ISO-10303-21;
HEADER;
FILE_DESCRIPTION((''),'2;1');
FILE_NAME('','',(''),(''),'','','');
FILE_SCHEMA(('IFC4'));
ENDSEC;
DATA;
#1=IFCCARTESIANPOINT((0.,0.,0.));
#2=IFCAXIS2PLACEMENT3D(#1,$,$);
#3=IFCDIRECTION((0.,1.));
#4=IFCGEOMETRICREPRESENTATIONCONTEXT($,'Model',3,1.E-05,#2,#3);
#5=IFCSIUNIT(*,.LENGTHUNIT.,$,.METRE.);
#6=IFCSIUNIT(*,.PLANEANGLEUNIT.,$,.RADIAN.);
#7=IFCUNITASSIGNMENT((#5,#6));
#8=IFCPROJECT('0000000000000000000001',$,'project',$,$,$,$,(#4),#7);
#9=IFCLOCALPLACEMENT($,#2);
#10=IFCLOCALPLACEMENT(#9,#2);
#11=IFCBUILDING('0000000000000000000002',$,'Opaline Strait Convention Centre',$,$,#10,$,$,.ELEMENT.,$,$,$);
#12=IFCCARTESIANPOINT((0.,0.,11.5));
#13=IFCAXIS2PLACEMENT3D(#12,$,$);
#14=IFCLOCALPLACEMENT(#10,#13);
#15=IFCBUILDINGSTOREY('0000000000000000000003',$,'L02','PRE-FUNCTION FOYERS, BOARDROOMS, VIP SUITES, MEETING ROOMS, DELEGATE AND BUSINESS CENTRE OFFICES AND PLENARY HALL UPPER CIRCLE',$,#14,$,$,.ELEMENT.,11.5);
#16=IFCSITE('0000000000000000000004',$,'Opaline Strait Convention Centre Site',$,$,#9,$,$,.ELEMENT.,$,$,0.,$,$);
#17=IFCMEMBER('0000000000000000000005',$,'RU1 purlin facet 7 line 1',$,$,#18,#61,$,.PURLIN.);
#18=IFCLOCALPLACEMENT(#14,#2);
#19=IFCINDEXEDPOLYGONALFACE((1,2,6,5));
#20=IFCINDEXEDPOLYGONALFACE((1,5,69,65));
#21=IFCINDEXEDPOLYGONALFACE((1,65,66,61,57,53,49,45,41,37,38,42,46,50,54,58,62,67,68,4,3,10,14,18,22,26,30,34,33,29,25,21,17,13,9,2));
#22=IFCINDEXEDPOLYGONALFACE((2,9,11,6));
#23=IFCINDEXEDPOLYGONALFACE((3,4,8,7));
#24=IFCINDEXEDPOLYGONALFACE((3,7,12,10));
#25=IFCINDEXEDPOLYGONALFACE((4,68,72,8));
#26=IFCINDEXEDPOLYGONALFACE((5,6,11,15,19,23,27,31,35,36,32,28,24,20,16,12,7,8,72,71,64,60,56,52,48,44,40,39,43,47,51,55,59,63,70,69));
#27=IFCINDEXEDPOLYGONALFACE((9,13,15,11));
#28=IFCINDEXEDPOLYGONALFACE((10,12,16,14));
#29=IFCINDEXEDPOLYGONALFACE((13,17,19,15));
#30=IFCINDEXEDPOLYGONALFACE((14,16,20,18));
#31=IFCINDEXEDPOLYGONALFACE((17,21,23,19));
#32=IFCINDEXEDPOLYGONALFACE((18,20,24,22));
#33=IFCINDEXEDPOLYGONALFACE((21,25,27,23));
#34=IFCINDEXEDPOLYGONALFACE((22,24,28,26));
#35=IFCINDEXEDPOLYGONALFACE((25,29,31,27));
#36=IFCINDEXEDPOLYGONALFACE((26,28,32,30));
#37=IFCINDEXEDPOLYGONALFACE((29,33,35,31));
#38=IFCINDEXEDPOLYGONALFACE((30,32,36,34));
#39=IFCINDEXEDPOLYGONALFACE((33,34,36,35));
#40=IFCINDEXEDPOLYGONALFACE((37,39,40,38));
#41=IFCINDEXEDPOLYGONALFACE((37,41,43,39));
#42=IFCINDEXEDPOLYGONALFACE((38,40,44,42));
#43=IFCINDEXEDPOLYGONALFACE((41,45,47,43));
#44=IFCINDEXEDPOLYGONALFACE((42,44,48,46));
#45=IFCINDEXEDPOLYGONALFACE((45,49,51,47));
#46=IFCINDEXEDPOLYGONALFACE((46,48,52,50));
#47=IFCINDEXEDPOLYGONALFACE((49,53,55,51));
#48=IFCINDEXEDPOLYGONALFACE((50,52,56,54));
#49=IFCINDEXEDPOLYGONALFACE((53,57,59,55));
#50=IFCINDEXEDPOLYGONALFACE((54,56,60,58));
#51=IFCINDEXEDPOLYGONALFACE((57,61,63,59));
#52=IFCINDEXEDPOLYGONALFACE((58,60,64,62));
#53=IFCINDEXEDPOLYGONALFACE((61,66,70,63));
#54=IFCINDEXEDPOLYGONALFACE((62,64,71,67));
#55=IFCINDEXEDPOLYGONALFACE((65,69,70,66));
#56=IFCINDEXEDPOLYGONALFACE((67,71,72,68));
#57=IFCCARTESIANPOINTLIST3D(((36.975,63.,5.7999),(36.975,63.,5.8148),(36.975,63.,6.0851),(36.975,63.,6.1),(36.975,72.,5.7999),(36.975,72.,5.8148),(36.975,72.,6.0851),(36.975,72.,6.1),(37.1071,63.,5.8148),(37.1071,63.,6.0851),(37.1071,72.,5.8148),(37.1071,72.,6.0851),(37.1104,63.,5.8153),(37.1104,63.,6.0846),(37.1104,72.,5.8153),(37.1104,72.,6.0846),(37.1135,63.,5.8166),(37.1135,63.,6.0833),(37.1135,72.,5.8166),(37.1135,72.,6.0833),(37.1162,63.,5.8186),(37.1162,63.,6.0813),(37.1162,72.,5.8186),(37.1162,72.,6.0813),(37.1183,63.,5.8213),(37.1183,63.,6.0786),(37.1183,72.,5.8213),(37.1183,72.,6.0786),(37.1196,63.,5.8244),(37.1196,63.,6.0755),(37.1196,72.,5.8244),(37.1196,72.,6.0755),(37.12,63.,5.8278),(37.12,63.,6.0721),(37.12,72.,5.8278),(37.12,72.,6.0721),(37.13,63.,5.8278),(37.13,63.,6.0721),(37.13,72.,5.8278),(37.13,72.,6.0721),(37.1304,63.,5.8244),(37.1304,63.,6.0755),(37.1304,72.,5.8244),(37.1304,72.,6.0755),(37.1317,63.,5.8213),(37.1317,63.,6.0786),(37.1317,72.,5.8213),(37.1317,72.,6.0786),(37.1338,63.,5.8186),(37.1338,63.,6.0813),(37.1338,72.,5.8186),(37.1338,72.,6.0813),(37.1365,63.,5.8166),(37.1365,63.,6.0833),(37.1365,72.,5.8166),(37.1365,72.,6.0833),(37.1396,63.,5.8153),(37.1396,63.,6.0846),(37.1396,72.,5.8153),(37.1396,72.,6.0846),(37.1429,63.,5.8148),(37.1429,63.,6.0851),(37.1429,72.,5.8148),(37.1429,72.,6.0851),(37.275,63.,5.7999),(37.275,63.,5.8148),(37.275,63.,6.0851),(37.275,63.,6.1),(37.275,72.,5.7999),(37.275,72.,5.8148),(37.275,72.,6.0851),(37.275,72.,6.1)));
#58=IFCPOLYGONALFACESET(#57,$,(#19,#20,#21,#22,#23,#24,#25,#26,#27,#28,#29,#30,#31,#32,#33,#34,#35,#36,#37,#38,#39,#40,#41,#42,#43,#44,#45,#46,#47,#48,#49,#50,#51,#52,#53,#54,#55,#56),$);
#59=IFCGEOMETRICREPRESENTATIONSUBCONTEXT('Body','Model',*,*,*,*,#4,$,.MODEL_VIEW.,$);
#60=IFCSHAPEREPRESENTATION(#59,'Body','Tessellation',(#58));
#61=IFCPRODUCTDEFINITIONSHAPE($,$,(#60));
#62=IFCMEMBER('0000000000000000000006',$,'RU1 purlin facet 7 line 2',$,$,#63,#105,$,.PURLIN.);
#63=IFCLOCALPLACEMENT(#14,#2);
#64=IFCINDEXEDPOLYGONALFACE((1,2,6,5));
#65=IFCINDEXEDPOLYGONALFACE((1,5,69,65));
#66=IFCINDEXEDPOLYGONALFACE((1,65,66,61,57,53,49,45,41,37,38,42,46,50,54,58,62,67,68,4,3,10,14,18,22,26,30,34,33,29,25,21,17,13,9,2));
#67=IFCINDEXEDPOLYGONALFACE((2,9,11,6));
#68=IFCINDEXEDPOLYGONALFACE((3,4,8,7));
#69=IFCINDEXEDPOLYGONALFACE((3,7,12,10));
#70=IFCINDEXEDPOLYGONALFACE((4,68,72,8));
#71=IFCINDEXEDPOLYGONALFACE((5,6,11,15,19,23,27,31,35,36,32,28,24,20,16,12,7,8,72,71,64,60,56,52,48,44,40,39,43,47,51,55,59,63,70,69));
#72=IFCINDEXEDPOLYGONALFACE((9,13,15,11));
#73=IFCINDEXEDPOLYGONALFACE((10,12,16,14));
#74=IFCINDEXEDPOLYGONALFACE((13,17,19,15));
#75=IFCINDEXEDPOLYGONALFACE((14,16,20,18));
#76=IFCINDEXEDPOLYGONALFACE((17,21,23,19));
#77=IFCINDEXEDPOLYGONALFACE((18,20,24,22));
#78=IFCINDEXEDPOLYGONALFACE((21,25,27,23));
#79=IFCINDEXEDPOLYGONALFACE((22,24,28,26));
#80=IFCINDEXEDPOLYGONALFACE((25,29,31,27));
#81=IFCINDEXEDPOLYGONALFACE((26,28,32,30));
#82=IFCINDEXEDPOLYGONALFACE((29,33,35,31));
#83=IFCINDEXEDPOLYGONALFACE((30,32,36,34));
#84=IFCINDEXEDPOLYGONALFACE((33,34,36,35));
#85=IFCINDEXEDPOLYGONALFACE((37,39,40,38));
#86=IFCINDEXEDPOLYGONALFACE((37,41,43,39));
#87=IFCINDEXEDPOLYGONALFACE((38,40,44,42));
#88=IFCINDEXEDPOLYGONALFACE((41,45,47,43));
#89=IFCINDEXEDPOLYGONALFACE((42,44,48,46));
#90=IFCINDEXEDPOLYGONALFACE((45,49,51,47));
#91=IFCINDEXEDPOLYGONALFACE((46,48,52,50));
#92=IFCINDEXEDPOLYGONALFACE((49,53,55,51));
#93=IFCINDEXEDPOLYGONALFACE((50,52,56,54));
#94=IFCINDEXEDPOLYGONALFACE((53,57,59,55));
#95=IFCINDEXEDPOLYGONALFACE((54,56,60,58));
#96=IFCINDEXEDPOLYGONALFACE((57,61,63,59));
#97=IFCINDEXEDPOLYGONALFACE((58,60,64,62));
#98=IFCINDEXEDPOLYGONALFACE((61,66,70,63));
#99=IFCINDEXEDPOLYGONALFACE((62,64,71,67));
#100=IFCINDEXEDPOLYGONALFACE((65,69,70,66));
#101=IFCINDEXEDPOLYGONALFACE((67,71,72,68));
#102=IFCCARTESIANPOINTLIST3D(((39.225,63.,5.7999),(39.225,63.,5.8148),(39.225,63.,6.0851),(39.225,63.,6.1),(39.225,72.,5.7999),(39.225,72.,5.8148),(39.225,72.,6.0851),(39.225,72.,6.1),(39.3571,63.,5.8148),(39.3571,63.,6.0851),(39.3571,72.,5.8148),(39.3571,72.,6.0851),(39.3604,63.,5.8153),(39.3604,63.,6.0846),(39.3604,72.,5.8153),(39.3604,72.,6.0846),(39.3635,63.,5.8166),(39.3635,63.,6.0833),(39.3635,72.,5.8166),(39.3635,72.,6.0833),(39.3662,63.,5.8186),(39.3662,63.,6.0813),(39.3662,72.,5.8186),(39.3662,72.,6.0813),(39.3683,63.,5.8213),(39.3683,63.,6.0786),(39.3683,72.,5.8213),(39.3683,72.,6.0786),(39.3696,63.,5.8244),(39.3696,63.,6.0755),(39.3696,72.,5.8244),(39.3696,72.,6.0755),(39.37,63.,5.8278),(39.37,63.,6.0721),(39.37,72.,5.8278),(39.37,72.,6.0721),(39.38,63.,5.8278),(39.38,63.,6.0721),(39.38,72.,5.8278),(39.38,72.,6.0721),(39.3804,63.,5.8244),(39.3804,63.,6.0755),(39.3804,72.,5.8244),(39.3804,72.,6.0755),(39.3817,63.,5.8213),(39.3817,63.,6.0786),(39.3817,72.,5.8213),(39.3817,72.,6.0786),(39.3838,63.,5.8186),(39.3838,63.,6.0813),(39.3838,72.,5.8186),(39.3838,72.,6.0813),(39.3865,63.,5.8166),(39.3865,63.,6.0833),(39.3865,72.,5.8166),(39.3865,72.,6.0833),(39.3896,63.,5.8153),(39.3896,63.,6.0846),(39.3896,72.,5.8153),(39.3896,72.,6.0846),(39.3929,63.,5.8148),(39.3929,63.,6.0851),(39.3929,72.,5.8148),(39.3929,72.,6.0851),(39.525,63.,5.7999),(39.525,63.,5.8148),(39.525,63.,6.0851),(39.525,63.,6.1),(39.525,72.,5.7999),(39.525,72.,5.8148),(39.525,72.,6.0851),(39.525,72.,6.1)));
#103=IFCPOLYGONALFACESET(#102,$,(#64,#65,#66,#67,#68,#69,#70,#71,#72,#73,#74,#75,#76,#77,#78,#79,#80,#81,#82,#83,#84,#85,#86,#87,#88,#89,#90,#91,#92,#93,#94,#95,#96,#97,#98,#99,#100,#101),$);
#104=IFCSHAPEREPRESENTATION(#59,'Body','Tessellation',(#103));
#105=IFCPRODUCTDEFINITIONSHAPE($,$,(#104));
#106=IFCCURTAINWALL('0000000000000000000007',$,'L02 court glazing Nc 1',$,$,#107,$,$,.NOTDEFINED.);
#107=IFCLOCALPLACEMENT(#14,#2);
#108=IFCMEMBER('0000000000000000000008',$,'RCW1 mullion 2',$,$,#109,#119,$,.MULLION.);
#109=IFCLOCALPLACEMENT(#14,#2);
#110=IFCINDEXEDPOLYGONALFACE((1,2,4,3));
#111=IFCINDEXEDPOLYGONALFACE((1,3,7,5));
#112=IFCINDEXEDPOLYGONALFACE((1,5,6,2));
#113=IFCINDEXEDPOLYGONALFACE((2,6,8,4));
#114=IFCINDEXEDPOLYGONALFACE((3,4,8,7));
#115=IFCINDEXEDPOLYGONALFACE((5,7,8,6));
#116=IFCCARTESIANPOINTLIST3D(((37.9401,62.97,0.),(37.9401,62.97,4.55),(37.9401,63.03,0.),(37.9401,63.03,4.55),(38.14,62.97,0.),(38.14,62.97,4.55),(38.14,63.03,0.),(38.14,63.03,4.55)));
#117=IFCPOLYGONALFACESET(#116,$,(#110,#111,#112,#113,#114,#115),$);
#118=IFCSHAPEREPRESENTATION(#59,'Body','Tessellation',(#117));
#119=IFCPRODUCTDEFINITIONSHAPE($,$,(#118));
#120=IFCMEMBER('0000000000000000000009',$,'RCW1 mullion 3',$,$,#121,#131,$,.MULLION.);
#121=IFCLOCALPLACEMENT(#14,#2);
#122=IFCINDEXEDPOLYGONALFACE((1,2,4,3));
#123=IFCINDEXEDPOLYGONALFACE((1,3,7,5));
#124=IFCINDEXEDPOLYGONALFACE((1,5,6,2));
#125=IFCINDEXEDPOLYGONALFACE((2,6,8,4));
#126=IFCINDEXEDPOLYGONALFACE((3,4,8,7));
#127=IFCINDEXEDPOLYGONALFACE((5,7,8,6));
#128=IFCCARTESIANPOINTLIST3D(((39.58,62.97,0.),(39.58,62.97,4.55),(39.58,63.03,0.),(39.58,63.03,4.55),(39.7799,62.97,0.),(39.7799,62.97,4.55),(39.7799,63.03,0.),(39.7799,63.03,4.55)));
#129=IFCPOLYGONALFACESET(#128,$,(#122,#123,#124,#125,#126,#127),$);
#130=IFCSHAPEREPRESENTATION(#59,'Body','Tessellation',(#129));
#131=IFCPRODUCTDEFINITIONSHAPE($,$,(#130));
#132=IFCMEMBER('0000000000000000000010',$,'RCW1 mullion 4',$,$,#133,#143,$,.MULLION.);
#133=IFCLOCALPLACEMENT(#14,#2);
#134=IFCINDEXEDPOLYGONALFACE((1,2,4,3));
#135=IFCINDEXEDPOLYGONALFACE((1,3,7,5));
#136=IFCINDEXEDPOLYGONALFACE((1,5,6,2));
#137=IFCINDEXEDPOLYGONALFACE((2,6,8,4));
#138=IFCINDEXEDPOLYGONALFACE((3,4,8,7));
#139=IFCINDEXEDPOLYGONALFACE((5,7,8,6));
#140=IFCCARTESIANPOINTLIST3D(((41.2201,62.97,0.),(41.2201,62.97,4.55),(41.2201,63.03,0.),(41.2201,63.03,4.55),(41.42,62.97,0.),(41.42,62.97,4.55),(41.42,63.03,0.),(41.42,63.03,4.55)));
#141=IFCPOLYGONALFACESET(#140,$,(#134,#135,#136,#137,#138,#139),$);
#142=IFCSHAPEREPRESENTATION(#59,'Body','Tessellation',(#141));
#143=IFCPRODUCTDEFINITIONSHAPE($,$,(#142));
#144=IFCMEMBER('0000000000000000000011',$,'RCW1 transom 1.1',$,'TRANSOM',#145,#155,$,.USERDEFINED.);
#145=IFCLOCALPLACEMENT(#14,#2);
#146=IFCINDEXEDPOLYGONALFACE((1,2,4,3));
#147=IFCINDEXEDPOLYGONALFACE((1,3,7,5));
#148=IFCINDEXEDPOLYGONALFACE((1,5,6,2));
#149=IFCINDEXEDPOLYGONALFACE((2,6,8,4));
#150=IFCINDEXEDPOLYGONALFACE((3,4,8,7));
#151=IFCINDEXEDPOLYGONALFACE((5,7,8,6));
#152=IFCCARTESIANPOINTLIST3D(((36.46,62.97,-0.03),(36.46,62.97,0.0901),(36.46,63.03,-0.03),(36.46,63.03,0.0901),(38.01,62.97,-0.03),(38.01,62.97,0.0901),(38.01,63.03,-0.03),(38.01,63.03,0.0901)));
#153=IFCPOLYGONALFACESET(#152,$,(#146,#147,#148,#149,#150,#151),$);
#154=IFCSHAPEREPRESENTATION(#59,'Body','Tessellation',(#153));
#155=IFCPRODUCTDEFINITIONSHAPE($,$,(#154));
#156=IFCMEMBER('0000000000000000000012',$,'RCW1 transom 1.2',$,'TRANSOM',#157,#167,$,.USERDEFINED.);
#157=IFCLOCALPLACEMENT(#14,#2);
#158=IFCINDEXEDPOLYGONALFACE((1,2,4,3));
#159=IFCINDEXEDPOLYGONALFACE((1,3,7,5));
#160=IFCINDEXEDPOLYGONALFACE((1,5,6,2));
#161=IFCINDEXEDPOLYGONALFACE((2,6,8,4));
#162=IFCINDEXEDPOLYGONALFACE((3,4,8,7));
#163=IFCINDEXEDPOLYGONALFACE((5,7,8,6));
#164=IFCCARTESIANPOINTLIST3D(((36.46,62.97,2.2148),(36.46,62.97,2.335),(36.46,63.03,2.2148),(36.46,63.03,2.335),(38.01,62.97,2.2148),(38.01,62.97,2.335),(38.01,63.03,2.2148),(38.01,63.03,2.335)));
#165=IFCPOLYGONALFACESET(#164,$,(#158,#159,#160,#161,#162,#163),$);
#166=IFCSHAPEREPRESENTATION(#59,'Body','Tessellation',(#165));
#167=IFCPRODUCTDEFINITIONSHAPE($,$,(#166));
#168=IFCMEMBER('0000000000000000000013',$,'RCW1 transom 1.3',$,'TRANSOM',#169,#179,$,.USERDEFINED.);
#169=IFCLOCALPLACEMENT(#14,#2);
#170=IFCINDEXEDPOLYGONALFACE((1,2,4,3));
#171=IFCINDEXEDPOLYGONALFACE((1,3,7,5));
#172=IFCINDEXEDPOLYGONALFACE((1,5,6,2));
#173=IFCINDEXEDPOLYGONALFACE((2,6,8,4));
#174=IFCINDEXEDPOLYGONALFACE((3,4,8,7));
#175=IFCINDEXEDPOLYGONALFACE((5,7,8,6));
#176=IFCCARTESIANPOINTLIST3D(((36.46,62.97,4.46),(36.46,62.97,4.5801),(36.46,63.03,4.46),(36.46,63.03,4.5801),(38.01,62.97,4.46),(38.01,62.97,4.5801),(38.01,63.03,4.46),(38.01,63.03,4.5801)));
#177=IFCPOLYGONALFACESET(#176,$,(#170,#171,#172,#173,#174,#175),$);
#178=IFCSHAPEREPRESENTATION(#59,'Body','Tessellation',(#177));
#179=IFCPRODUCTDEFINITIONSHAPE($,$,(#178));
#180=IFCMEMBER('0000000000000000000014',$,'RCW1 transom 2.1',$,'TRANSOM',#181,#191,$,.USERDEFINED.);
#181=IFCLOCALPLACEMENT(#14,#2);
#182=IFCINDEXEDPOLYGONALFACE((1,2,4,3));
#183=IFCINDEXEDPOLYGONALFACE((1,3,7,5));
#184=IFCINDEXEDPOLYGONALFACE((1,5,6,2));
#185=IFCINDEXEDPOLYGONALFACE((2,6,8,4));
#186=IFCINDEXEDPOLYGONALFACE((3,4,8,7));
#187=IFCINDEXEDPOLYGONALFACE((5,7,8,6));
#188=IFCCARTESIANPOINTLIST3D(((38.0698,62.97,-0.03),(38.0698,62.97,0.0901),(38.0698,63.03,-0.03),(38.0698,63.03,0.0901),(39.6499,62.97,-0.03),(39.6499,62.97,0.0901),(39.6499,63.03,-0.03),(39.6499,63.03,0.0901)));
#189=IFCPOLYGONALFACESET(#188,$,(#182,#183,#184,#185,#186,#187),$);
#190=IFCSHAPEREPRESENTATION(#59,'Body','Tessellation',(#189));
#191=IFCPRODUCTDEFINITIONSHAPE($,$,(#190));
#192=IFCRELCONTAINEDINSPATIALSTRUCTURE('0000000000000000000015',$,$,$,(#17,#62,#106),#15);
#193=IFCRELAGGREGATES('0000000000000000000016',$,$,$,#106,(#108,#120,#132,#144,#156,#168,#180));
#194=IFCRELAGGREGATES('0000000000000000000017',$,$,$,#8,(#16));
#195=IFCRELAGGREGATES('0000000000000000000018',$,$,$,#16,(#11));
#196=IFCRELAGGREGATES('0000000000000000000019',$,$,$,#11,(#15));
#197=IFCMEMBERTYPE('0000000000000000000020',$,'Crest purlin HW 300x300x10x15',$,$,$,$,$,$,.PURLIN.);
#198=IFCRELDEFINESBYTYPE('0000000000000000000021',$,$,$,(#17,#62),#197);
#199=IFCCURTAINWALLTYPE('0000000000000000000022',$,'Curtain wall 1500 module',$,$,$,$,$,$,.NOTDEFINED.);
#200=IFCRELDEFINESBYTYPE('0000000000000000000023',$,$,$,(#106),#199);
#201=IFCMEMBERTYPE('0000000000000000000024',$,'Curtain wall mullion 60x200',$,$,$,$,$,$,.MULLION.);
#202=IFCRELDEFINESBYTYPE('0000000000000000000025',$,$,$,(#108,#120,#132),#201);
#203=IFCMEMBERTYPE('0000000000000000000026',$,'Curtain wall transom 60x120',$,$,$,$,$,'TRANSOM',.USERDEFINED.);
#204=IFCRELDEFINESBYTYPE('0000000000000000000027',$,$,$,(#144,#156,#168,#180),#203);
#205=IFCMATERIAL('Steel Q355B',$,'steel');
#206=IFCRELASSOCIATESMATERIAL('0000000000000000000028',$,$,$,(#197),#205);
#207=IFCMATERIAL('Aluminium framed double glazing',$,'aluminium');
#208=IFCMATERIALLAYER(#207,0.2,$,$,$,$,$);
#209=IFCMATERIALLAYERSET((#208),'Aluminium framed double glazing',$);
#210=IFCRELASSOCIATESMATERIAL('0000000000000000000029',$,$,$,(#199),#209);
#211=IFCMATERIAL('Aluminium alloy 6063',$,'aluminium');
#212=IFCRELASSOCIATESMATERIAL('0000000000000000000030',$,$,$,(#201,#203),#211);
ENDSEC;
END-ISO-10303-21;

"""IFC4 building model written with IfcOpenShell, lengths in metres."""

from ifc_helpers import new_model, si_unit, direction, frame, origin, origin_2d, place, context, subcontext, project, spatial, rectangle, i_section, extrude, material, layer, layer_set, material_profile, profile_set, type_object, element, aggregate, save


model = new_model("IFC4")

# Units and contexts
model_context = context("Model", 3, precision=1e-05, world=origin(), true_north=direction((0.0, 1.0)))
body_context = subcontext(model_context, "Body", "Model", "MODEL_VIEW")
ifc_project = project(units=[si_unit("LENGTHUNIT", "METRE"), si_unit("PLANEANGLEUNIT", "RADIAN")], contexts=[model_context])

# Site, building, storey
site_placement = place(None, origin())
site = spatial("IfcSite", under=ifc_project, at=site_placement, Name="Opaline Strait Convention Centre Site", CompositionType="ELEMENT", RefElevation=0.0)
building_placement = place(site_placement, origin())
building = spatial("IfcBuilding", under=site, at=building_placement, Name="Opaline Strait Convention Centre", CompositionType="ELEMENT")
storey_placement = place(building_placement, frame((0.0, 0.0, 11.5)))
storey = spatial("IfcBuildingStorey", under=building, at=storey_placement, Name="L02", Description="PRE-FUNCTION FOYERS, BOARDROOMS, VIP SUITES, MEETING ROOMS, DELEGATE AND BUSINESS CENTRE OFFICES AND PLENARY HALL UPPER CIRCLE", CompositionType="ELEMENT", Elevation=11.5)

# Members
ifc_material_1 = material(Name="Steel Q355B", Category="steel")
ifc_material_profile_1 = material_profile(ifc_material_1, i_section(OverallWidth=0.3, OverallDepth=0.3, WebThickness=0.01, FlangeThickness=0.0149, FilletRadius=0.0129, at=origin_2d()), Name="HW 300x300x10x15")
ifc_profile_set_1 = profile_set([ifc_material_profile_1], Name="Steel Q355B")
member_type_1 = type_object("IfcMemberType", Name="Crest purlin HW 300x300x10x15", PredefinedType="PURLIN", material=ifc_profile_set_1)
for number, where, z_axis, x_axis, name in (
    (1, (37.125, 63.0, 5.95), (0.0, 1.0, 0.0), (-1.0, 0.0, 0.0), "RU1 purlin facet 7 line 1"),
    (2, (39.375, 63.0, 5.95), (0.0, 1.0, 0.0), (-1.0, 0.0, 0.0), "RU1 purlin facet 7 line 2"),
):
    element("IfcMember", number, at=place(storey_placement, frame(where, z_axis=z_axis, x_axis=x_axis)), inside=storey, type_object=member_type_1, Name=name, PredefinedType="PURLIN", context=body_context, shape_type="SweptSolid", body=[
        extrude(i_section(OverallWidth=0.3, OverallDepth=0.3, WebThickness=0.01, FlangeThickness=0.0149, FilletRadius=0.0129, at=origin_2d()), origin(), (0.0, 0.0, 1.0), 9.0),
    ])

# Curtain wall, members
ifc_material_2 = material(Name="Aluminium framed double glazing", Category="aluminium")
ifc_layer_1 = layer(ifc_material_2, 0.2)
ifc_layer_set_1 = layer_set([ifc_layer_1], Name="Aluminium framed double glazing")
curtain_wall_type = type_object("IfcCurtainWallType", Name="Curtain wall 1500 module", PredefinedType="NOTDEFINED", material=ifc_layer_set_1)
curtain_wall_placement = place(storey_placement, origin())
curtain_wall = element("IfcCurtainWall", 3, at=curtain_wall_placement, inside=storey, type_object=curtain_wall_type, Name="L02 court glazing Nc 1", PredefinedType="NOTDEFINED")
ifc_material_3 = material(Name="Aluminium alloy 6063", Category="aluminium")
ifc_material_profile_2 = material_profile(ifc_material_3, rectangle(XDim=0.0601, YDim=0.2, at=origin_2d()), Name="Curtain wall mullion 60x200")
ifc_profile_set_2 = profile_set([ifc_material_profile_2], Name="Aluminium alloy 6063")
member_type_2 = type_object("IfcMemberType", Name="Curtain wall mullion 60x200", PredefinedType="MULLION", material=ifc_profile_set_2)
member_1_placement = place(storey_placement, frame((38.04, 63.0, 0.0), z_axis=(0.0, 0.0, 1.0), x_axis=(0.0, 1.0, 0.0)))
member_1 = element("IfcMember", 4, at=member_1_placement, type_object=member_type_2, Name="RCW1 mullion 2", PredefinedType="MULLION", context=body_context, shape_type="SweptSolid", body=[
    extrude(rectangle(XDim=0.0601, YDim=0.2, at=origin_2d()), origin(), (0.0, 0.0, 1.0), 4.55),
])
member_2_placement = place(storey_placement, frame((39.6799, 63.0, 0.0), z_axis=(0.0, 0.0, 1.0), x_axis=(0.0, 1.0, 0.0)))
member_2 = element("IfcMember", 5, at=member_2_placement, type_object=member_type_2, Name="RCW1 mullion 3", PredefinedType="MULLION", context=body_context, shape_type="SweptSolid", body=[
    extrude(rectangle(XDim=0.0601, YDim=0.2, at=origin_2d()), origin(), (0.0, 0.0, 1.0), 4.55),
])
member_3_placement = place(storey_placement, frame((41.3201, 63.0, 0.0), z_axis=(0.0, 0.0, 1.0), x_axis=(0.0, 1.0, 0.0)))
member_3 = element("IfcMember", 6, at=member_3_placement, type_object=member_type_2, Name="RCW1 mullion 4", PredefinedType="MULLION", context=body_context, shape_type="SweptSolid", body=[
    extrude(rectangle(XDim=0.0601, YDim=0.2, at=origin_2d()), origin(), (0.0, 0.0, 1.0), 4.55),
])
ifc_material_profile_3 = material_profile(ifc_material_3, rectangle(XDim=0.0601, YDim=0.1201, at=origin_2d()), Name="Curtain wall transom 60x120")
ifc_profile_set_3 = profile_set([ifc_material_profile_3], Name="Aluminium alloy 6063")
member_type_3 = type_object("IfcMemberType", Name="Curtain wall transom 60x120", ElementType="TRANSOM", PredefinedType="USERDEFINED", material=ifc_profile_set_3)
member_4_placement = place(storey_placement, frame((36.46, 63.0, 0.03), z_axis=(1.0, 0.0, 0.0), x_axis=(0.0, 1.0, 0.0)))
member_4 = element("IfcMember", 7, at=member_4_placement, type_object=member_type_3, Name="RCW1 transom 1.1", ObjectType="TRANSOM", PredefinedType="USERDEFINED", context=body_context, shape_type="SweptSolid", body=[
    extrude(rectangle(XDim=0.0601, YDim=0.1201, at=origin_2d()), origin(), (0.0, 0.0, 1.0), 1.55),
])
member_5_placement = place(storey_placement, frame((36.46, 63.0, 2.2749), z_axis=(1.0, 0.0, 0.0), x_axis=(0.0, 1.0, 0.0)))
member_5 = element("IfcMember", 8, at=member_5_placement, type_object=member_type_3, Name="RCW1 transom 1.2", ObjectType="TRANSOM", PredefinedType="USERDEFINED", context=body_context, shape_type="SweptSolid", body=[
    extrude(rectangle(XDim=0.0601, YDim=0.1201, at=origin_2d()), origin(), (0.0, 0.0, 1.0), 1.55),
])
member_6_placement = place(storey_placement, frame((36.46, 63.0, 4.52), z_axis=(1.0, 0.0, 0.0), x_axis=(0.0, 1.0, 0.0)))
member_6 = element("IfcMember", 9, at=member_6_placement, type_object=member_type_3, Name="RCW1 transom 1.3", ObjectType="TRANSOM", PredefinedType="USERDEFINED", context=body_context, shape_type="SweptSolid", body=[
    extrude(rectangle(XDim=0.0601, YDim=0.1201, at=origin_2d()), origin(), (0.0, 0.0, 1.0), 1.55),
])
member_7_placement = place(storey_placement, frame((38.0698, 63.0, 0.03), z_axis=(1.0, 0.0, 0.0), x_axis=(0.0, 1.0, 0.0)))
member_7 = element("IfcMember", 10, at=member_7_placement, type_object=member_type_3, Name="RCW1 transom 2.1", ObjectType="TRANSOM", PredefinedType="USERDEFINED", context=body_context, shape_type="SweptSolid", body=[
    extrude(rectangle(XDim=0.0601, YDim=0.1201, at=origin_2d()), origin(), (0.0, 0.0, 1.0), 1.5801),
])

aggregate(curtain_wall, [member_1, member_2, member_3, member_4, member_5, member_6, member_7])

save(model, "model.ifc")
